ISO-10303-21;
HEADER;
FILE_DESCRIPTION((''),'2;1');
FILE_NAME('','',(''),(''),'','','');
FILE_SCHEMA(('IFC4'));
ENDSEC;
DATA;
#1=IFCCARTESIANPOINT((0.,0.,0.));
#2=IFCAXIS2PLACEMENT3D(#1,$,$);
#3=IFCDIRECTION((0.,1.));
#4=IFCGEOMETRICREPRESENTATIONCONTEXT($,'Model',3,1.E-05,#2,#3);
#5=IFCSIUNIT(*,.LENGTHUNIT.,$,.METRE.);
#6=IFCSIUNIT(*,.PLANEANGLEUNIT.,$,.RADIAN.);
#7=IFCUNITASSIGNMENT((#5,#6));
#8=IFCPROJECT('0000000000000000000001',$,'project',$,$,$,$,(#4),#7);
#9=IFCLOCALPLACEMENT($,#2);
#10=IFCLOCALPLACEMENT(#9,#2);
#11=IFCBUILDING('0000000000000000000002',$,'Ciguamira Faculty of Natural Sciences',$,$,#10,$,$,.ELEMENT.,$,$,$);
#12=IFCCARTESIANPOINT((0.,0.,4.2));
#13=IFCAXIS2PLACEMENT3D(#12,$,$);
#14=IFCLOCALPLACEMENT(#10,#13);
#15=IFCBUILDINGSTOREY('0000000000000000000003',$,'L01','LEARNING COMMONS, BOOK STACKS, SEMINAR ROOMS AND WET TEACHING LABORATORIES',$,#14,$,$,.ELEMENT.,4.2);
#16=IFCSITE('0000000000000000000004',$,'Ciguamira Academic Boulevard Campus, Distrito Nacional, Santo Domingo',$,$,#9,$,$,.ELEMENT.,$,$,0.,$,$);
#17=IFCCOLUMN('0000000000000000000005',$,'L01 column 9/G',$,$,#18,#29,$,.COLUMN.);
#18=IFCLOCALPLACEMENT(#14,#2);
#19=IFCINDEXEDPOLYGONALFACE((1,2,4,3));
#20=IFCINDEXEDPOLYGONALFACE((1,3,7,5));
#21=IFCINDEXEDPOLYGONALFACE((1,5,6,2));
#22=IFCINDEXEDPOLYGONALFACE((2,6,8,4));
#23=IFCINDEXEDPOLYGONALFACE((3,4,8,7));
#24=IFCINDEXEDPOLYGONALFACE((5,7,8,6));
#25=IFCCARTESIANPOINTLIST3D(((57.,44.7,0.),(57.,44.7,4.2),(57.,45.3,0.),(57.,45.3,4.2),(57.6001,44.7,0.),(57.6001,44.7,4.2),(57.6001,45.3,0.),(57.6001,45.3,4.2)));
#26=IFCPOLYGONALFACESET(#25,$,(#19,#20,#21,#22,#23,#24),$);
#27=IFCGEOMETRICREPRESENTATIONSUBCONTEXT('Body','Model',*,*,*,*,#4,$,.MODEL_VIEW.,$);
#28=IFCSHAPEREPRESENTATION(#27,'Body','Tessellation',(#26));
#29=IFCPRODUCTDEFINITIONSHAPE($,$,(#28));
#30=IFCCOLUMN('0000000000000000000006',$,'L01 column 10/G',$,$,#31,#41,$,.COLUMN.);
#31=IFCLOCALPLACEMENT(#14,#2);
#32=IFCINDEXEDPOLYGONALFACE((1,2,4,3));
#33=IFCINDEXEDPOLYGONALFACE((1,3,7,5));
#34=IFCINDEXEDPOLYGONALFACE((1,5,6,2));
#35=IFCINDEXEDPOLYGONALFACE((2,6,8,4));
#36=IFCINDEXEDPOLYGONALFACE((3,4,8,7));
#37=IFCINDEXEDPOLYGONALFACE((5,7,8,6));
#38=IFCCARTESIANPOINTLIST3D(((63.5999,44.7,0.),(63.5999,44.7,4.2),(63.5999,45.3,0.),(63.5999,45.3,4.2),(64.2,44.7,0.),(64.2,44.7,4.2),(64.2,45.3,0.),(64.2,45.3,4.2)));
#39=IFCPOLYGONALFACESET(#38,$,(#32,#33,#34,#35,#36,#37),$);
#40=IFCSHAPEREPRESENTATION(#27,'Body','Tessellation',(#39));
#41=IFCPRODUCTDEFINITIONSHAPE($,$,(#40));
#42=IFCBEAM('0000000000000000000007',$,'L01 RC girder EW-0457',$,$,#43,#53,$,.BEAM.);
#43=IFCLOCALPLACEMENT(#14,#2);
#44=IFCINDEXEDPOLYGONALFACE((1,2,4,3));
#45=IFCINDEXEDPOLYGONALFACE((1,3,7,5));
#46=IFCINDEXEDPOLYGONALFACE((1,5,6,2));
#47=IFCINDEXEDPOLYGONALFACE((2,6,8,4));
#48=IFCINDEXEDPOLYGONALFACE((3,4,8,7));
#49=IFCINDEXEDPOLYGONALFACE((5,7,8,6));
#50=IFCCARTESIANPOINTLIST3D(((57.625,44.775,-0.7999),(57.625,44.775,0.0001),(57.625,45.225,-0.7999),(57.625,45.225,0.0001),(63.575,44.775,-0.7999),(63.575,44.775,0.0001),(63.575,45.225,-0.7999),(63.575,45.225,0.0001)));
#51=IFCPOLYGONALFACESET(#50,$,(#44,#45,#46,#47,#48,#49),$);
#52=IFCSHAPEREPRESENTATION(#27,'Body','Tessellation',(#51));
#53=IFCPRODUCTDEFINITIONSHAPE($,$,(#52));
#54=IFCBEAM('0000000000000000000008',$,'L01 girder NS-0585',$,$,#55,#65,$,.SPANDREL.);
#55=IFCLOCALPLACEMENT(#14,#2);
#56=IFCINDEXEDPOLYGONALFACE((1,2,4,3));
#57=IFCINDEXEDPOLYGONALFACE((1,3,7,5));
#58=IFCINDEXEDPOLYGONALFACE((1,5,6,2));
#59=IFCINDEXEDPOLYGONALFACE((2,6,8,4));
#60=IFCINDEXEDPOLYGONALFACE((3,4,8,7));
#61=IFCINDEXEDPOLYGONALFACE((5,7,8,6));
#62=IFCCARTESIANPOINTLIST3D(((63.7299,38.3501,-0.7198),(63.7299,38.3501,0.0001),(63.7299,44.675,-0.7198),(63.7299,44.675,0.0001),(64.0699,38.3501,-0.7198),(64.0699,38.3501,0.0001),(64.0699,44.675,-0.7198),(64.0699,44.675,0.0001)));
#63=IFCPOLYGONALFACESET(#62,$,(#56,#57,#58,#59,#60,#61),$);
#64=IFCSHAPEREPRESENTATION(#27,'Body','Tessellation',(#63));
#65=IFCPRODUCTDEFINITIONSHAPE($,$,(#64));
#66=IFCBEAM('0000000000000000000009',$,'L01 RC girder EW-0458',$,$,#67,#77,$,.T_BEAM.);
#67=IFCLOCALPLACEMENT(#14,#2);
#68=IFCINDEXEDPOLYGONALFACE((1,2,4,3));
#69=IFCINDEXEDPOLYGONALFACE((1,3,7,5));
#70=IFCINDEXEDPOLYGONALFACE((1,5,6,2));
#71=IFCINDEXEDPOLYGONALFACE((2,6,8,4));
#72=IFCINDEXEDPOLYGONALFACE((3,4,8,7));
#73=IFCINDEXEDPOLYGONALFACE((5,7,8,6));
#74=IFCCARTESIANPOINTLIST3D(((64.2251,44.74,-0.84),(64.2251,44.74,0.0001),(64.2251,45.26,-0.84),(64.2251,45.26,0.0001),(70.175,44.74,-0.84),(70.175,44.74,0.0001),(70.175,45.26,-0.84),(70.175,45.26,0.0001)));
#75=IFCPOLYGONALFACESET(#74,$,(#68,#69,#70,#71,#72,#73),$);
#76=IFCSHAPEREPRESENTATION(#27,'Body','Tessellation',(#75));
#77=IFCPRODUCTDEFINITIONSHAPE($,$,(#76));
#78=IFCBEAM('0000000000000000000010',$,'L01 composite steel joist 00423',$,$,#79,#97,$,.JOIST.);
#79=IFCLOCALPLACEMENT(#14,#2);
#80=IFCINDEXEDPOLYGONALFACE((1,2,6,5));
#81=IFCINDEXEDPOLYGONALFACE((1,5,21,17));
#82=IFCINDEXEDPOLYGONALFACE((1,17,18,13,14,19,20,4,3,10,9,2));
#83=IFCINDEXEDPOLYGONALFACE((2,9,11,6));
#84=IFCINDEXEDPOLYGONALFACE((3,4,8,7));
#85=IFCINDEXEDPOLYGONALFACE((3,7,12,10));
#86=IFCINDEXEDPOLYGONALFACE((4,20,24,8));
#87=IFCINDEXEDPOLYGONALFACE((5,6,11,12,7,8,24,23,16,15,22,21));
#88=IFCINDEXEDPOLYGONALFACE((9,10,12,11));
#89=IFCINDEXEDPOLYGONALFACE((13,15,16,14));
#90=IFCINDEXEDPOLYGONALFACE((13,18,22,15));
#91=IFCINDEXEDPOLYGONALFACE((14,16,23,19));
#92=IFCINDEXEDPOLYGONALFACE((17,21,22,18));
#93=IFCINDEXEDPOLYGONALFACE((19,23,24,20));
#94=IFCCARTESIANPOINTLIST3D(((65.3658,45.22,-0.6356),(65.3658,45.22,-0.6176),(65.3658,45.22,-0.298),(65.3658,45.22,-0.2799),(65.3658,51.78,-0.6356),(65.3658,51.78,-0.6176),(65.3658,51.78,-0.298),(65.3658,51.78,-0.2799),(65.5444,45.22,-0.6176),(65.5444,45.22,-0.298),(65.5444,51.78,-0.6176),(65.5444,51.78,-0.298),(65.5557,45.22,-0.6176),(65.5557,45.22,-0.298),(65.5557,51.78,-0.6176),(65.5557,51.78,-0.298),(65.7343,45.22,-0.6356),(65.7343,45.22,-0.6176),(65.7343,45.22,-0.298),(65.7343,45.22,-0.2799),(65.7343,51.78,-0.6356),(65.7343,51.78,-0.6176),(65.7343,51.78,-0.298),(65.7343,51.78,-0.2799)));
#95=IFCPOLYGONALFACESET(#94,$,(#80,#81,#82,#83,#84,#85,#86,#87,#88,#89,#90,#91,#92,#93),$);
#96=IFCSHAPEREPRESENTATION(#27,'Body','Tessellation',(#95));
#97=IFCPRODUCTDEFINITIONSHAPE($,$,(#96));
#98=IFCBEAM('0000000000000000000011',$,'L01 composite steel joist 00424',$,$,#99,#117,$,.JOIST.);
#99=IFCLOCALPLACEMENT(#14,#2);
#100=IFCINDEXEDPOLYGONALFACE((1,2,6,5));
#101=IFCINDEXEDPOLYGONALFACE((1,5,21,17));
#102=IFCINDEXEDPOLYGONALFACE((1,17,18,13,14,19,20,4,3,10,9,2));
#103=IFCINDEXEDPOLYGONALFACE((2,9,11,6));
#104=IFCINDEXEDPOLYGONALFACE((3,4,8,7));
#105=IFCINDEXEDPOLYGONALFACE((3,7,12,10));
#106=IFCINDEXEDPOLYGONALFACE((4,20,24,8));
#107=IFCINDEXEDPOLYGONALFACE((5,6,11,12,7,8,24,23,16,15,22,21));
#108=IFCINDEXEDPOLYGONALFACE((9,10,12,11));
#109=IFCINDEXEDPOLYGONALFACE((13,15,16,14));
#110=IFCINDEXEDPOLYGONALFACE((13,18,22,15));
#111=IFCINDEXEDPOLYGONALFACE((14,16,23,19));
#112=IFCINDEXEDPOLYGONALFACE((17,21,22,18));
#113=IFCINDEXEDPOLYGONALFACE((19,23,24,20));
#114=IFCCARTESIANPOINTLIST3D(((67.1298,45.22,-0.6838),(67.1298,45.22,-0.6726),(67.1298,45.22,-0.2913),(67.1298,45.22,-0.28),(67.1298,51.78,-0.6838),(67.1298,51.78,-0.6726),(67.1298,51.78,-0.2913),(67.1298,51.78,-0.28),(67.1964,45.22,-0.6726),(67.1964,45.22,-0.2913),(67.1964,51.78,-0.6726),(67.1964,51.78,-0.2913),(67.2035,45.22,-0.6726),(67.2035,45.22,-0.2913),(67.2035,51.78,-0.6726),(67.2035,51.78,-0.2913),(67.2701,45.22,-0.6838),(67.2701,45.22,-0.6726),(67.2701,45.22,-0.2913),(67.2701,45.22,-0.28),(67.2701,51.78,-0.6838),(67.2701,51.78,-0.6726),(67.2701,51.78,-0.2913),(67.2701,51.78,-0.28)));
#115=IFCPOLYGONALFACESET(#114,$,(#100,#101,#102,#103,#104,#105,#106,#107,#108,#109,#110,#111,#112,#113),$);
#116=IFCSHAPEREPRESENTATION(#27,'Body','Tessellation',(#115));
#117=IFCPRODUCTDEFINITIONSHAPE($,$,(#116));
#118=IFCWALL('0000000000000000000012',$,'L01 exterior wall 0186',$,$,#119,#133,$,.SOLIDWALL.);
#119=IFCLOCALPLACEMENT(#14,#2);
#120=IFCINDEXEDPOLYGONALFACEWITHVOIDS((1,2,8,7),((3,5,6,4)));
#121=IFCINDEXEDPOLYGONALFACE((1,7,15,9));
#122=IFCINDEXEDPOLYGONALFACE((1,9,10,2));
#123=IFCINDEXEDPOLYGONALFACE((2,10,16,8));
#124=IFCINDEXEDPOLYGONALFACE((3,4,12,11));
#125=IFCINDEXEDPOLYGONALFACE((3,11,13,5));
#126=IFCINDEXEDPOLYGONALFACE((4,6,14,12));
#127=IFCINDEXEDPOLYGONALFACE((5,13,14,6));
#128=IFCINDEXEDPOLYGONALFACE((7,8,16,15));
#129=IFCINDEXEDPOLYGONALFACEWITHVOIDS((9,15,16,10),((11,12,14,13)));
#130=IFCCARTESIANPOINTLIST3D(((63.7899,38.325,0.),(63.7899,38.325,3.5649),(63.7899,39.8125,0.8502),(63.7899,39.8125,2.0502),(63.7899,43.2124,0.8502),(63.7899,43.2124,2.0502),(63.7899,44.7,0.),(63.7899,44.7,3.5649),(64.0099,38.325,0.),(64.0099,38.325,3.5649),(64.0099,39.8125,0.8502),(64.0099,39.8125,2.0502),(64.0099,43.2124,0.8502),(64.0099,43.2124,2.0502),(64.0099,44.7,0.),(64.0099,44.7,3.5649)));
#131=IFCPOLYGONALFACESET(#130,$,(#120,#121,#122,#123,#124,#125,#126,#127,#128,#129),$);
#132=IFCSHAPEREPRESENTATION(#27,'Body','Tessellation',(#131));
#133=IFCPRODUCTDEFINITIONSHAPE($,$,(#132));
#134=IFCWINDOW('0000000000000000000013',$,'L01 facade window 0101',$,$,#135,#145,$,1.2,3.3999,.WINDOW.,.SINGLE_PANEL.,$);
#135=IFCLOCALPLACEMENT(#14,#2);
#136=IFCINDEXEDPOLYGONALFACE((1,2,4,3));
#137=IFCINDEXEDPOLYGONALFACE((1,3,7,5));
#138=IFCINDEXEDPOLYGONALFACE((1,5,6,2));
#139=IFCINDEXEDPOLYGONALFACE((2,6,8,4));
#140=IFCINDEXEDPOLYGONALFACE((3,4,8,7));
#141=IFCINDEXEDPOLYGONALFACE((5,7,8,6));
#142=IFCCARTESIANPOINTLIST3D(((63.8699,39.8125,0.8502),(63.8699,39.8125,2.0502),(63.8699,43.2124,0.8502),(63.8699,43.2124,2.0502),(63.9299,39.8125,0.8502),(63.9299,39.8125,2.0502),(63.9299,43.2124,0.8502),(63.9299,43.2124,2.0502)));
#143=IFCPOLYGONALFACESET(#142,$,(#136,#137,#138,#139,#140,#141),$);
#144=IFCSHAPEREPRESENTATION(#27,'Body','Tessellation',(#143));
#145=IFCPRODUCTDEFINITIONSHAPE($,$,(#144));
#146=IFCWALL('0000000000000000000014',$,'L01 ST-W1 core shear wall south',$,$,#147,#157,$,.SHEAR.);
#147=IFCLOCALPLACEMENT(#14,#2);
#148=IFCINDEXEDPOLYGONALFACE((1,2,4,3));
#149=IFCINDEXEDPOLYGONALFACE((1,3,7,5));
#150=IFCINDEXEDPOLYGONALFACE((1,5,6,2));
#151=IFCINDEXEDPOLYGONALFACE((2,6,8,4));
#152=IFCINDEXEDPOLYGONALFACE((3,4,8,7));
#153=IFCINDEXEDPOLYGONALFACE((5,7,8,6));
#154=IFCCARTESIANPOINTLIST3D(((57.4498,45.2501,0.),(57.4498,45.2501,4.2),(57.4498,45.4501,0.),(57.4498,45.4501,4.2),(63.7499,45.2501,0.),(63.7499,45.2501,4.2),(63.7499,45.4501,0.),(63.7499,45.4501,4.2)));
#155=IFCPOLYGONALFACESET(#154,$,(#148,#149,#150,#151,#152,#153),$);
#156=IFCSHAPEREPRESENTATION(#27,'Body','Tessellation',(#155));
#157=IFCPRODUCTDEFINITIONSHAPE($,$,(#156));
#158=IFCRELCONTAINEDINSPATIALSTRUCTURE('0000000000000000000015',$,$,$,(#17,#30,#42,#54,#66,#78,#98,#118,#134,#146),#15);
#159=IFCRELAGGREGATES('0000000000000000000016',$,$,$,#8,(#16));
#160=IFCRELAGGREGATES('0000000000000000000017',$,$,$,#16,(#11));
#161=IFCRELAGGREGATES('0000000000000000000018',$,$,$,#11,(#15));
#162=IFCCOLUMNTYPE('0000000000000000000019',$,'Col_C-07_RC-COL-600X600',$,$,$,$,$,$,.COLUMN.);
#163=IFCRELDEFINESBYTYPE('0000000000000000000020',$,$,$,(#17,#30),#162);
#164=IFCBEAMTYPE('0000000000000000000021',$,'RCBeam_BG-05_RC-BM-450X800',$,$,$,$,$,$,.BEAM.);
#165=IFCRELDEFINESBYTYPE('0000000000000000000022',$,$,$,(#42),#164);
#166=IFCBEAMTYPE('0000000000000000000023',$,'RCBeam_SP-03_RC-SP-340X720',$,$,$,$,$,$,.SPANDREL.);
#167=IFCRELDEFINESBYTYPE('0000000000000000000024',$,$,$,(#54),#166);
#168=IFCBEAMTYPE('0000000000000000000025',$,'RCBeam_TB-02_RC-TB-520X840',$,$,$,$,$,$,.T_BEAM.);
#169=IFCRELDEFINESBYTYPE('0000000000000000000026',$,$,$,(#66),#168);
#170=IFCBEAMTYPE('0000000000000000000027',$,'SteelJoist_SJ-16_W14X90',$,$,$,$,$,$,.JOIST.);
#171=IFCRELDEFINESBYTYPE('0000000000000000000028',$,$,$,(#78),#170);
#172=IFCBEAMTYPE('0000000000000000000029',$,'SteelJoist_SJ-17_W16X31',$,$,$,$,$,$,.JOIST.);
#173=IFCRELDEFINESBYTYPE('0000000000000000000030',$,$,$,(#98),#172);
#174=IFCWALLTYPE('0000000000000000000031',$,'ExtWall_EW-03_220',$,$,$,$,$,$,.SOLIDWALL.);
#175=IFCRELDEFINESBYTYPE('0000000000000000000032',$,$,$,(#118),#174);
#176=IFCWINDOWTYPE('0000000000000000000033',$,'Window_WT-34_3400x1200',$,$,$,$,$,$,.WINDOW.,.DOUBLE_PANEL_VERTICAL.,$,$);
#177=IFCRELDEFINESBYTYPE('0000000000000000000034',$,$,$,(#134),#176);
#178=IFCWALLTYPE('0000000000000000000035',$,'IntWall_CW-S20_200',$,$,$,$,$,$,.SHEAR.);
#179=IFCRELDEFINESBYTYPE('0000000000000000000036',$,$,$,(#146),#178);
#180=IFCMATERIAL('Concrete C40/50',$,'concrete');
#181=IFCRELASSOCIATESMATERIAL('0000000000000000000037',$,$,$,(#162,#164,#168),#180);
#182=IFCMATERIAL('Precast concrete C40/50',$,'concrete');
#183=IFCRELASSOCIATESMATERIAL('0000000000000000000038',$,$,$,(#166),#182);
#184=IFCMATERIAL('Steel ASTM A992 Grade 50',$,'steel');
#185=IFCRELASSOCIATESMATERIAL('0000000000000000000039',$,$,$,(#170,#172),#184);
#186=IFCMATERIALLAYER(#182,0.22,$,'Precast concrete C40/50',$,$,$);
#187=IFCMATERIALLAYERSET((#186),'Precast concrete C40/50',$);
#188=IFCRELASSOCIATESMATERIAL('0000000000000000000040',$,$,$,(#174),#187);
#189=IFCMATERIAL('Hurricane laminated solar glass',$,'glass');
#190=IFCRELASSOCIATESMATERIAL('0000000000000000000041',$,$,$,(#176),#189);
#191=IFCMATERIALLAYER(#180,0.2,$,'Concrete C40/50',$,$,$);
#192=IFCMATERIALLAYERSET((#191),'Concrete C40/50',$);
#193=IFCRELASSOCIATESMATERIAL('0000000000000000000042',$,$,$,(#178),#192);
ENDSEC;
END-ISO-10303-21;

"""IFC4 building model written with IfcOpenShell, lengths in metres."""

from ifc_helpers import new_model, si_unit, direction, frame, frame_2d, origin, origin_2d, place, context, subcontext, project, spatial, rectangle, i_section, extrude, material, layer, layer_set, material_profile, profile_set, type_object, element, fill, save


model = new_model("IFC4")

# Units and contexts
model_context = context("Model", 3, precision=1e-05, world=origin(), true_north=direction((0.0, 1.0)))
body_context = subcontext(model_context, "Body", "Model", "MODEL_VIEW")
ifc_project = project(units=[si_unit("LENGTHUNIT", "METRE"), si_unit("PLANEANGLEUNIT", "RADIAN")], contexts=[model_context])

# Site, building, storey
site_placement = place(None, origin())
site = spatial("IfcSite", under=ifc_project, at=site_placement, Name="Ciguamira Academic Boulevard Campus, Distrito Nacional, Santo Domingo", CompositionType="ELEMENT", RefElevation=0.0)
building_placement = place(site_placement, origin())
building = spatial("IfcBuilding", under=site, at=building_placement, Name="Ciguamira Faculty of Natural Sciences", CompositionType="ELEMENT")
storey_placement = place(building_placement, frame((0.0, 0.0, 4.2)))
storey = spatial("IfcBuildingStorey", under=building, at=storey_placement, Name="L01", Description="LEARNING COMMONS, BOOK STACKS, SEMINAR ROOMS AND WET TEACHING LABORATORIES", CompositionType="ELEMENT", Elevation=4.2)

# Columns
ifc_material_1 = material(Name="Concrete C40/50", Category="concrete")
ifc_material_profile_1 = material_profile(ifc_material_1, rectangle(XDim=0.6001, YDim=0.6001, at=origin_2d()), Name="RC-COL-600X600")
ifc_profile_set_1 = profile_set([ifc_material_profile_1], Name="Concrete C40/50")
column_type = type_object("IfcColumnType", Name="Col_C-07_RC-COL-600X600", PredefinedType="COLUMN", material=ifc_profile_set_1)
for number, where, z_axis, x_axis, name in (
    (1, (57.3, 45.0, 0.0), (0.0, 0.0, 1.0), (1.0, 0.0, 0.0), "L01 column 9/G"),
    (2, (63.8999, 45.0, 0.0), (0.0, 0.0, 1.0), (1.0, 0.0, 0.0), "L01 column 10/G"),
):
    element("IfcColumn", number, at=place(storey_placement, frame(where, z_axis=z_axis, x_axis=x_axis)), inside=storey, type_object=column_type, Name=name, PredefinedType="COLUMN", context=body_context, shape_type="SweptSolid", body=[
        extrude(rectangle(XDim=0.6001, YDim=0.6001, at=origin_2d()), origin(), (0.0, 0.0, 1.0), 4.2),
    ])

# Beams
ifc_material_profile_2 = material_profile(ifc_material_1, rectangle(XDim=0.45, YDim=0.8, at=origin_2d()), Name="RC-BM-450X800")
ifc_profile_set_2 = profile_set([ifc_material_profile_2], Name="Concrete C40/50")
beam_type_1 = type_object("IfcBeamType", Name="RCBeam_BG-05_RC-BM-450X800", PredefinedType="BEAM", material=ifc_profile_set_2)
beam_1_placement = place(storey_placement, frame((57.625, 45.0, -0.3999), z_axis=(1.0, 0.0, 0.0), x_axis=(0.0, 1.0, 0.0)))
element("IfcBeam", 3, at=beam_1_placement, inside=storey, type_object=beam_type_1, Name="L01 RC girder EW-0457", PredefinedType="BEAM", context=body_context, shape_type="SweptSolid", body=[
    extrude(rectangle(XDim=0.45, YDim=0.8, at=origin_2d()), origin(), (0.0, 0.0, 1.0), 5.95),
])
ifc_material_2 = material(Name="Precast concrete C40/50", Category="concrete")
ifc_material_profile_3 = material_profile(ifc_material_2, rectangle(XDim=0.3401, YDim=0.72, at=origin_2d()), Name="RC-SP-340X720")
ifc_profile_set_3 = profile_set([ifc_material_profile_3], Name="Precast concrete C40/50")
beam_type_2 = type_object("IfcBeamType", Name="RCBeam_SP-03_RC-SP-340X720", PredefinedType="SPANDREL", material=ifc_profile_set_3)
beam_2_placement = place(storey_placement, frame((63.8999, 38.3501, -0.3599), z_axis=(0.0, 1.0, 0.0), x_axis=(-1.0, 0.0, 0.0)))
element("IfcBeam", 4, at=beam_2_placement, inside=storey, type_object=beam_type_2, Name="L01 girder NS-0585", PredefinedType="SPANDREL", context=body_context, shape_type="SweptSolid", body=[
    extrude(rectangle(XDim=0.3401, YDim=0.72, at=origin_2d()), origin(), (0.0, 0.0, 1.0), 6.325),
])
ifc_material_profile_4 = material_profile(ifc_material_1, rectangle(XDim=0.52, YDim=0.8401, at=origin_2d()), Name="RC-TB-520X840")
ifc_profile_set_4 = profile_set([ifc_material_profile_4], Name="Concrete C40/50")
beam_type_3 = type_object("IfcBeamType", Name="RCBeam_TB-02_RC-TB-520X840", PredefinedType="T_BEAM", material=ifc_profile_set_4)
beam_3_placement = place(storey_placement, frame((64.2251, 45.0, -0.4199), z_axis=(1.0, 0.0, 0.0), x_axis=(0.0, 1.0, 0.0)))
element("IfcBeam", 5, at=beam_3_placement, inside=storey, type_object=beam_type_3, Name="L01 RC girder EW-0458", PredefinedType="T_BEAM", context=body_context, shape_type="SweptSolid", body=[
    extrude(rectangle(XDim=0.52, YDim=0.8401, at=origin_2d()), origin(), (0.0, 0.0, 1.0), 5.95),
])
ifc_material_3 = material(Name="Steel ASTM A992 Grade 50", Category="steel")
ifc_material_profile_5 = material_profile(ifc_material_3, i_section(OverallWidth=0.3684, OverallDepth=0.3557, WebThickness=0.0112, FlangeThickness=0.0181, at=origin_2d()), Name="W14X90")
ifc_profile_set_5 = profile_set([ifc_material_profile_5], Name="Steel ASTM A992 Grade 50")
beam_type_4 = type_object("IfcBeamType", Name="SteelJoist_SJ-16_W14X90", PredefinedType="JOIST", material=ifc_profile_set_5)
beam_4_placement = place(storey_placement, frame((65.55, 45.22, -0.4578), z_axis=(0.0, 1.0, 0.0), x_axis=(-1.0, 0.0, 0.0)))
element("IfcBeam", 6, at=beam_4_placement, inside=storey, type_object=beam_type_4, Name="L01 composite steel joist 00423", PredefinedType="JOIST", context=body_context, shape_type="SweptSolid", body=[
    extrude(i_section(OverallWidth=0.3684, OverallDepth=0.3557, WebThickness=0.0112, FlangeThickness=0.0181, at=origin_2d()), origin(), (0.0, 0.0, 1.0), 6.5601),
])
ifc_material_profile_6 = material_profile(ifc_material_3, i_section(OverallWidth=0.1404, OverallDepth=0.4038, WebThickness=0.0071, FlangeThickness=0.0112, at=origin_2d()), Name="W16X31")
ifc_profile_set_6 = profile_set([ifc_material_profile_6], Name="Steel ASTM A992 Grade 50")
beam_type_5 = type_object("IfcBeamType", Name="SteelJoist_SJ-17_W16X31", PredefinedType="JOIST", material=ifc_profile_set_6)
beam_5_placement = place(storey_placement, frame((67.2, 45.22, -0.4819), z_axis=(0.0, 1.0, 0.0), x_axis=(-1.0, 0.0, 0.0)))
element("IfcBeam", 7, at=beam_5_placement, inside=storey, type_object=beam_type_5, Name="L01 composite steel joist 00424", PredefinedType="JOIST", context=body_context, shape_type="SweptSolid", body=[
    extrude(i_section(OverallWidth=0.1404, OverallDepth=0.4038, WebThickness=0.0071, FlangeThickness=0.0112, at=origin_2d()), origin(), (0.0, 0.0, 1.0), 6.5601),
])

# Wall, opening, window
ifc_layer_1 = layer(ifc_material_2, 0.22, Name="Precast concrete C40/50")
ifc_layer_set_1 = layer_set([ifc_layer_1], Name="Precast concrete C40/50")
wall_type_1 = type_object("IfcWallType", Name="ExtWall_EW-03_220", PredefinedType="SOLIDWALL", material=ifc_layer_set_1)
wall_1_placement = place(storey_placement, frame((63.8999, 38.325, 0.0), z_axis=(0.0, 0.0, 1.0), x_axis=(0.0, 1.0, 0.0)))
wall_1 = element("IfcWall", 8, at=wall_1_placement, inside=storey, type_object=wall_type_1, Name="L01 exterior wall 0186", PredefinedType="SOLIDWALL", context=body_context, shape_type="SweptSolid", body=[
    extrude(rectangle(XDim=6.375, YDim=0.22, at=frame_2d((3.1875, 0.0))), origin(), (0.0, 0.0, 1.0), 3.5649),
])
opening_1_placement = place(wall_1_placement, frame((1.4875, 0.0, 0.8501)))
opening_1 = element("IfcOpeningElement", 9, at=opening_1_placement, cuts=wall_1, PredefinedType="OPENING", context=body_context, shape_type="SweptSolid", body=[
    extrude(rectangle(XDim=3.3999, YDim=1.2, at=frame_2d((1.7, 0.6001))), frame((0.0, 0.1199, 0.0), z_axis=(0.0, -1.0, 0.0), x_axis=(1.0, 0.0, 0.0)), (0.0, 0.0, 1.0), 0.24),
])
ifc_material_4 = material(Name="Hurricane laminated solar glass", Category="glass")
window_type = type_object("IfcWindowType", Name="Window_WT-34_3400x1200", PartitioningType="DOUBLE_PANEL_VERTICAL", PredefinedType="WINDOW", material=ifc_material_4)
window_placement = place(opening_1_placement, origin())
window = element("IfcWindow", 10, at=window_placement, inside=storey, type_object=window_type, Name="L01 facade window 0101", OverallHeight=1.2, OverallWidth=3.3999, PartitioningType="SINGLE_PANEL", PredefinedType="WINDOW", context=body_context, shape_type="SweptSolid", body=[
    extrude(rectangle(XDim=3.3999, YDim=1.2, at=frame_2d((1.7, 0.6001))), frame((0.0, 0.03, 0.0), z_axis=(0.0, -1.0, 0.0), x_axis=(1.0, 0.0, 0.0)), (0.0, 0.0, 1.0), 0.0601),
])
fill(opening_1, window)

# Wall
ifc_layer_2 = layer(ifc_material_1, 0.2, Name="Concrete C40/50")
ifc_layer_set_2 = layer_set([ifc_layer_2], Name="Concrete C40/50")
wall_type_2 = type_object("IfcWallType", Name="IntWall_CW-S20_200", PredefinedType="SHEAR", material=ifc_layer_set_2)
wall_2_placement = place(storey_placement, frame((57.45, 45.3501, 0.0), z_axis=(0.0, 0.0, 1.0), x_axis=(1.0, 0.0, 0.0)))
element("IfcWall", 11, at=wall_2_placement, inside=storey, type_object=wall_type_2, Name="L01 ST-W1 core shear wall south", PredefinedType="SHEAR", context=body_context, shape_type="SweptSolid", body=[
    extrude(rectangle(XDim=6.3, YDim=0.2, at=frame_2d((3.1499, 0.0))), origin(), (0.0, 0.0, 1.0), 4.2),
])

save(model, "model.ifc")
